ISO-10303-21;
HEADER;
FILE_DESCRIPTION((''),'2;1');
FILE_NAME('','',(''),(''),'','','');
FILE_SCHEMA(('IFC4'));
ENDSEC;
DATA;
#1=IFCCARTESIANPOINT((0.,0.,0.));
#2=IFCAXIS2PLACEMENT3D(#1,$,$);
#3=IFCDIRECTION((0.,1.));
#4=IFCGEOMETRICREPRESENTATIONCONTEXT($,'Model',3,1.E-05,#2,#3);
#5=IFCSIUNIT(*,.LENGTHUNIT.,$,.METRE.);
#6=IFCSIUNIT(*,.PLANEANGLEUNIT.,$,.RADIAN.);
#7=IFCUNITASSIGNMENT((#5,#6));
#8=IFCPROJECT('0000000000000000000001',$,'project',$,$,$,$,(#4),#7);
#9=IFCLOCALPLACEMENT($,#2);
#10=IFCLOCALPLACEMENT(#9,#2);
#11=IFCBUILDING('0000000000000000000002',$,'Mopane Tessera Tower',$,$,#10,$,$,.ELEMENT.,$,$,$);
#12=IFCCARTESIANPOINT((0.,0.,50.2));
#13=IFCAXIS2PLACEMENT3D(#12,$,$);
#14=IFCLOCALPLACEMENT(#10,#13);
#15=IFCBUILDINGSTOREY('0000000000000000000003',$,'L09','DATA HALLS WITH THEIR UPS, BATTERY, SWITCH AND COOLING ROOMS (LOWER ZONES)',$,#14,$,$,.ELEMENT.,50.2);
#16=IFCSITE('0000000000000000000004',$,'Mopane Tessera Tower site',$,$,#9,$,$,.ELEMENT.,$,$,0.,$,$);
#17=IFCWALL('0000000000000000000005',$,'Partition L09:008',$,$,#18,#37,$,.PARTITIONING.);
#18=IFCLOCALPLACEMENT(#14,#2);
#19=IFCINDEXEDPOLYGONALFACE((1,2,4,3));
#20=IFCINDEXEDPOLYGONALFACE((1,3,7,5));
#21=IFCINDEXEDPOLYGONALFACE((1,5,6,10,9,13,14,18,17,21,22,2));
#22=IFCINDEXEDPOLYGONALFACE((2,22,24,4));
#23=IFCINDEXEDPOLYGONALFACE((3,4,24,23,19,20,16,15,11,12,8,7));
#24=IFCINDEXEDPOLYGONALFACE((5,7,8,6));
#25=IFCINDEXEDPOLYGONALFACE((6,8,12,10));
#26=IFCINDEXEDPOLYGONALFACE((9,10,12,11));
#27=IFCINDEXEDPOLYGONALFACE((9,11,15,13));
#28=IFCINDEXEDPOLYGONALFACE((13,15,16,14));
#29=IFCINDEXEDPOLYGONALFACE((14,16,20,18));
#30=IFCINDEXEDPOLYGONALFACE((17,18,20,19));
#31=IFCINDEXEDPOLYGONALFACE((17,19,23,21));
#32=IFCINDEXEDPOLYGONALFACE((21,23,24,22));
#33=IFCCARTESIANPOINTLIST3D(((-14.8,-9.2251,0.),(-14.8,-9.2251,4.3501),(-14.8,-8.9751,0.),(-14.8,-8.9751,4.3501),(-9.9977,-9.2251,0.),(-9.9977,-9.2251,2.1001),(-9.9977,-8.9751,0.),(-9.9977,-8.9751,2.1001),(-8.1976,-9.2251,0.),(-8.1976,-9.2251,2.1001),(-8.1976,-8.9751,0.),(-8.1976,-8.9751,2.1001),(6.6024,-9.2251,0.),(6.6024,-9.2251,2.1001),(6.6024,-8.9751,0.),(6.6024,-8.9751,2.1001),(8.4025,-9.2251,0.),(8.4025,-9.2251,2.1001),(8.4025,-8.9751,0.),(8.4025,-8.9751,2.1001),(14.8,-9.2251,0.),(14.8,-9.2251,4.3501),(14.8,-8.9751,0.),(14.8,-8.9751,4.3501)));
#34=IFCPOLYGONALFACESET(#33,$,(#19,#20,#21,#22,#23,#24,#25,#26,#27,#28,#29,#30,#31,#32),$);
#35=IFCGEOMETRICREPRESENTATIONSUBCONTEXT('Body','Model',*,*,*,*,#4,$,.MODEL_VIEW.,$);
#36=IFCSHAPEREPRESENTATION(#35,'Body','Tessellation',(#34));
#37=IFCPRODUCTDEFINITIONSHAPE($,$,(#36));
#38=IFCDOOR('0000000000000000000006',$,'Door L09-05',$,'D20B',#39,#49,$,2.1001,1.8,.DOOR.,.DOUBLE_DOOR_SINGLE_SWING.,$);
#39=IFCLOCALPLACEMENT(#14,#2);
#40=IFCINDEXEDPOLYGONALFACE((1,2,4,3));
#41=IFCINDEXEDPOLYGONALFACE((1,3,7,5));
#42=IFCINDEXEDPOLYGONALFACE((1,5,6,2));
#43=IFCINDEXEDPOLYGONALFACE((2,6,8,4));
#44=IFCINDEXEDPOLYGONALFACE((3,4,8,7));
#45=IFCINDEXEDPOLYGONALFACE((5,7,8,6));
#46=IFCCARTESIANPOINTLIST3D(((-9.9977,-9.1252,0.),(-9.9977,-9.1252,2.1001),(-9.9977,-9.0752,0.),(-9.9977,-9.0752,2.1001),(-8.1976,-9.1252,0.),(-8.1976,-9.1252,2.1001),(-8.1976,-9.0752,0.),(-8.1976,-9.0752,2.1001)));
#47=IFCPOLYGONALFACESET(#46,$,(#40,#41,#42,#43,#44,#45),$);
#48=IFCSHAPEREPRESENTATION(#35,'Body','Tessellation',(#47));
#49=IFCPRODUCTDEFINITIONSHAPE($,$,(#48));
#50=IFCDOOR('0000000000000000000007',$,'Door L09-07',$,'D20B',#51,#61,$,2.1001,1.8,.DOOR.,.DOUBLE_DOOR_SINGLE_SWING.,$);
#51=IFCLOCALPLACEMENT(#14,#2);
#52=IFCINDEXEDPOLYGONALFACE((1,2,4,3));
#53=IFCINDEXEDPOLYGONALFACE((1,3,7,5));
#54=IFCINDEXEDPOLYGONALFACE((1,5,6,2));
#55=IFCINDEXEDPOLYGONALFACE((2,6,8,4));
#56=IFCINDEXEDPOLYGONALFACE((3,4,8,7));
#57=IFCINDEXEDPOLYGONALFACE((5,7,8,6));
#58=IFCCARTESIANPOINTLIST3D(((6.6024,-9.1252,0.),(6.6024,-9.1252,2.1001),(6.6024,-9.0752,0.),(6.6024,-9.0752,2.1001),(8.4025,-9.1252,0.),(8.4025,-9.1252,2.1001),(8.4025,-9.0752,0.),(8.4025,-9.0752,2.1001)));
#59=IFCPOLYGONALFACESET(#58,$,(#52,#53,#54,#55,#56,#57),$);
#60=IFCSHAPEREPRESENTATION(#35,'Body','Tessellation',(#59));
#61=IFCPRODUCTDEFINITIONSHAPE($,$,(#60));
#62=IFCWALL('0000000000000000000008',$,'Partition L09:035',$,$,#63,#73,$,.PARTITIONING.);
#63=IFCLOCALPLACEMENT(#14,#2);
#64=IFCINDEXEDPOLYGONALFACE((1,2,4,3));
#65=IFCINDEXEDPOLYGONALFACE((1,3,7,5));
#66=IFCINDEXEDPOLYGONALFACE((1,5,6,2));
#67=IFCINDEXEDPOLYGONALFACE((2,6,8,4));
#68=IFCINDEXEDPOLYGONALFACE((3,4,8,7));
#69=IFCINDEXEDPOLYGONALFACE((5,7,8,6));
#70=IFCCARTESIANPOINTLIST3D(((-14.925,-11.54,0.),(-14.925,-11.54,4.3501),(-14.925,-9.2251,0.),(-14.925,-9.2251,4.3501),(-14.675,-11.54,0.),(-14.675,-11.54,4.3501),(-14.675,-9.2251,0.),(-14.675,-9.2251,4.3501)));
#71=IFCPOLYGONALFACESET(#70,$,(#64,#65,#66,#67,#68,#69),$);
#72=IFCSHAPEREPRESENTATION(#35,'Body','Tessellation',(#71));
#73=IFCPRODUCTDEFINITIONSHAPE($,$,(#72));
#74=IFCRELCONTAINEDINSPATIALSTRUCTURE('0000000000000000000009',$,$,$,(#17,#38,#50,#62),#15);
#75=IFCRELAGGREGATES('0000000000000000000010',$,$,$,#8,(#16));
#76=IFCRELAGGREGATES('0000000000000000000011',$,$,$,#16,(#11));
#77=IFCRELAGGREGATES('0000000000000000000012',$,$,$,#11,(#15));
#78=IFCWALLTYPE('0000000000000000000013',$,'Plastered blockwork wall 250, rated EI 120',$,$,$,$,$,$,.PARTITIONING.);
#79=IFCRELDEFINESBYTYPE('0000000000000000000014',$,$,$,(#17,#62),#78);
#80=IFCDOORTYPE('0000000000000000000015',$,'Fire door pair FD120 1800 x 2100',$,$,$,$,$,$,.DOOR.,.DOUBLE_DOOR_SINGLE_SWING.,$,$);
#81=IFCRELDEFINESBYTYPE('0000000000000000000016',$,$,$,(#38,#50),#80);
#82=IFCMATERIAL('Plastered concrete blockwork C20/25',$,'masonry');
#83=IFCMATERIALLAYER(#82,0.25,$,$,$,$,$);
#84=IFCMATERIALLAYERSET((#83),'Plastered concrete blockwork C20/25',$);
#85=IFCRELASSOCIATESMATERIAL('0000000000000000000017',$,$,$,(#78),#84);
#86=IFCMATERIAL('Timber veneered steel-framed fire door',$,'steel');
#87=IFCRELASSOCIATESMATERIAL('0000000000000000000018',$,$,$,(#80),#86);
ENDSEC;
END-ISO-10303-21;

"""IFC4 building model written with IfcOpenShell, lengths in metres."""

from ifc_helpers import new_model, si_unit, direction, frame, frame_2d, origin, place, context, subcontext, project, spatial, rectangle, extrude, material, layer, layer_set, type_object, element, fill, save


model = new_model("IFC4")

# Units and contexts
model_context = context("Model", 3, precision=1e-05, world=origin(), true_north=direction((0.0, 1.0)))
body_context = subcontext(model_context, "Body", "Model", "MODEL_VIEW")
ifc_project = project(units=[si_unit("LENGTHUNIT", "METRE"), si_unit("PLANEANGLEUNIT", "RADIAN")], contexts=[model_context])

# Site, building, storey
site_placement = place(None, origin())
site = spatial("IfcSite", under=ifc_project, at=site_placement, Name="Mopane Tessera Tower site", CompositionType="ELEMENT", RefElevation=0.0)
building_placement = place(site_placement, origin())
building = spatial("IfcBuilding", under=site, at=building_placement, Name="Mopane Tessera Tower", CompositionType="ELEMENT")
storey_placement = place(building_placement, frame((0.0, 0.0, 50.2)))
storey = spatial("IfcBuildingStorey", under=building, at=storey_placement, Name="L09", Description="DATA HALLS WITH THEIR UPS, BATTERY, SWITCH AND COOLING ROOMS (LOWER ZONES)", CompositionType="ELEMENT", Elevation=50.2)

# Shared definitions
ifc_material_1 = material(Name="Plastered concrete blockwork C20/25", Category="masonry")
ifc_layer_1 = layer(ifc_material_1, 0.25)
ifc_layer_set_1 = layer_set([ifc_layer_1], Name="Plastered concrete blockwork C20/25")
wall_type_1 = type_object("IfcWallType", Name="Plastered blockwork wall 250, rated EI 120", PredefinedType="PARTITIONING", material=ifc_layer_set_1)

# Wall, openings, doors
wall_1_placement = place(storey_placement, frame((-14.8, -9.1001, 0.0), z_axis=(0.0, 0.0, 1.0), x_axis=(1.0, 0.0, 0.0)))
wall_1 = element("IfcWall", 1, at=wall_1_placement, inside=storey, type_object=wall_type_1, Name="Partition L09:008", PredefinedType="PARTITIONING", context=body_context, shape_type="SweptSolid", body=[
    extrude(rectangle(XDim=29.6001, YDim=0.25, at=frame_2d((14.8, 0.0))), origin(), (0.0, 0.0, 1.0), 4.3501),
])
opening_1_placement = place(wall_1_placement, frame((4.8025, 0.0, 0.0)))
opening_1 = element("IfcOpeningElement", 2, at=opening_1_placement, cuts=wall_1, PredefinedType="OPENING", context=body_context, shape_type="SweptSolid", body=[
    extrude(rectangle(XDim=1.8, YDim=2.1001, at=frame_2d((0.8999, 1.05))), frame((0.0, 0.137, 0.0), z_axis=(0.0, -1.0, 0.0), x_axis=(1.0, 0.0, 0.0)), (0.0, 0.0, 1.0), 0.2739),
])
opening_2_placement = place(wall_1_placement, frame((21.4026, 0.0, 0.0)))
opening_2 = element("IfcOpeningElement", 3, at=opening_2_placement, cuts=wall_1, PredefinedType="OPENING", context=body_context, shape_type="SweptSolid", body=[
    extrude(rectangle(XDim=1.8, YDim=2.1001, at=frame_2d((0.8999, 1.05))), frame((0.0, 0.137, 0.0), z_axis=(0.0, -1.0, 0.0), x_axis=(1.0, 0.0, 0.0)), (0.0, 0.0, 1.0), 0.2739),
])
ifc_material_2 = material(Name="Timber veneered steel-framed fire door", Category="steel")
door_type_1 = type_object("IfcDoorType", Name="Fire door pair FD120 1800 x 2100", OperationType="DOUBLE_DOOR_SINGLE_SWING", PredefinedType="DOOR", material=ifc_material_2)
door_1_placement = place(opening_1_placement, origin())
door_1 = element("IfcDoor", 4, at=door_1_placement, inside=storey, type_object=door_type_1, Name="Door L09-05", ObjectType="D20B", OperationType="DOUBLE_DOOR_SINGLE_SWING", OverallHeight=2.1001, OverallWidth=1.8, PredefinedType="DOOR", context=body_context, shape_type="SweptSolid", body=[
    extrude(rectangle(XDim=1.8, YDim=2.1001, at=frame_2d((0.8999, 1.05))), frame((0.0, 0.0249, 0.0), z_axis=(0.0, -1.0, 0.0), x_axis=(1.0, 0.0, 0.0)), (0.0, 0.0, 1.0), 0.05),
])
fill(opening_1, door_1)
door_2_placement = place(opening_2_placement, origin())
door_2 = element("IfcDoor", 5, at=door_2_placement, inside=storey, type_object=door_type_1, Name="Door L09-07", ObjectType="D20B", OperationType="DOUBLE_DOOR_SINGLE_SWING", OverallHeight=2.1001, OverallWidth=1.8, PredefinedType="DOOR", context=body_context, shape_type="SweptSolid", body=[
    extrude(rectangle(XDim=1.8, YDim=2.1001, at=frame_2d((0.8999, 1.05))), frame((0.0, 0.0249, 0.0), z_axis=(0.0, -1.0, 0.0), x_axis=(1.0, 0.0, 0.0)), (0.0, 0.0, 1.0), 0.05),
])
fill(opening_2, door_2)

# Wall
wall_2_placement = place(storey_placement, frame((-14.8, -11.54, 0.0), z_axis=(0.0, 0.0, 1.0), x_axis=(0.0, 1.0, 0.0)))
element("IfcWall", 6, at=wall_2_placement, inside=storey, type_object=wall_type_1, Name="Partition L09:035", PredefinedType="PARTITIONING", context=body_context, shape_type="SweptSolid", body=[
    extrude(rectangle(XDim=2.3149, YDim=0.25, at=frame_2d((1.1575, 0.0))), origin(), (0.0, 0.0, 1.0), 4.3501),
])

save(model, "model.ifc")
